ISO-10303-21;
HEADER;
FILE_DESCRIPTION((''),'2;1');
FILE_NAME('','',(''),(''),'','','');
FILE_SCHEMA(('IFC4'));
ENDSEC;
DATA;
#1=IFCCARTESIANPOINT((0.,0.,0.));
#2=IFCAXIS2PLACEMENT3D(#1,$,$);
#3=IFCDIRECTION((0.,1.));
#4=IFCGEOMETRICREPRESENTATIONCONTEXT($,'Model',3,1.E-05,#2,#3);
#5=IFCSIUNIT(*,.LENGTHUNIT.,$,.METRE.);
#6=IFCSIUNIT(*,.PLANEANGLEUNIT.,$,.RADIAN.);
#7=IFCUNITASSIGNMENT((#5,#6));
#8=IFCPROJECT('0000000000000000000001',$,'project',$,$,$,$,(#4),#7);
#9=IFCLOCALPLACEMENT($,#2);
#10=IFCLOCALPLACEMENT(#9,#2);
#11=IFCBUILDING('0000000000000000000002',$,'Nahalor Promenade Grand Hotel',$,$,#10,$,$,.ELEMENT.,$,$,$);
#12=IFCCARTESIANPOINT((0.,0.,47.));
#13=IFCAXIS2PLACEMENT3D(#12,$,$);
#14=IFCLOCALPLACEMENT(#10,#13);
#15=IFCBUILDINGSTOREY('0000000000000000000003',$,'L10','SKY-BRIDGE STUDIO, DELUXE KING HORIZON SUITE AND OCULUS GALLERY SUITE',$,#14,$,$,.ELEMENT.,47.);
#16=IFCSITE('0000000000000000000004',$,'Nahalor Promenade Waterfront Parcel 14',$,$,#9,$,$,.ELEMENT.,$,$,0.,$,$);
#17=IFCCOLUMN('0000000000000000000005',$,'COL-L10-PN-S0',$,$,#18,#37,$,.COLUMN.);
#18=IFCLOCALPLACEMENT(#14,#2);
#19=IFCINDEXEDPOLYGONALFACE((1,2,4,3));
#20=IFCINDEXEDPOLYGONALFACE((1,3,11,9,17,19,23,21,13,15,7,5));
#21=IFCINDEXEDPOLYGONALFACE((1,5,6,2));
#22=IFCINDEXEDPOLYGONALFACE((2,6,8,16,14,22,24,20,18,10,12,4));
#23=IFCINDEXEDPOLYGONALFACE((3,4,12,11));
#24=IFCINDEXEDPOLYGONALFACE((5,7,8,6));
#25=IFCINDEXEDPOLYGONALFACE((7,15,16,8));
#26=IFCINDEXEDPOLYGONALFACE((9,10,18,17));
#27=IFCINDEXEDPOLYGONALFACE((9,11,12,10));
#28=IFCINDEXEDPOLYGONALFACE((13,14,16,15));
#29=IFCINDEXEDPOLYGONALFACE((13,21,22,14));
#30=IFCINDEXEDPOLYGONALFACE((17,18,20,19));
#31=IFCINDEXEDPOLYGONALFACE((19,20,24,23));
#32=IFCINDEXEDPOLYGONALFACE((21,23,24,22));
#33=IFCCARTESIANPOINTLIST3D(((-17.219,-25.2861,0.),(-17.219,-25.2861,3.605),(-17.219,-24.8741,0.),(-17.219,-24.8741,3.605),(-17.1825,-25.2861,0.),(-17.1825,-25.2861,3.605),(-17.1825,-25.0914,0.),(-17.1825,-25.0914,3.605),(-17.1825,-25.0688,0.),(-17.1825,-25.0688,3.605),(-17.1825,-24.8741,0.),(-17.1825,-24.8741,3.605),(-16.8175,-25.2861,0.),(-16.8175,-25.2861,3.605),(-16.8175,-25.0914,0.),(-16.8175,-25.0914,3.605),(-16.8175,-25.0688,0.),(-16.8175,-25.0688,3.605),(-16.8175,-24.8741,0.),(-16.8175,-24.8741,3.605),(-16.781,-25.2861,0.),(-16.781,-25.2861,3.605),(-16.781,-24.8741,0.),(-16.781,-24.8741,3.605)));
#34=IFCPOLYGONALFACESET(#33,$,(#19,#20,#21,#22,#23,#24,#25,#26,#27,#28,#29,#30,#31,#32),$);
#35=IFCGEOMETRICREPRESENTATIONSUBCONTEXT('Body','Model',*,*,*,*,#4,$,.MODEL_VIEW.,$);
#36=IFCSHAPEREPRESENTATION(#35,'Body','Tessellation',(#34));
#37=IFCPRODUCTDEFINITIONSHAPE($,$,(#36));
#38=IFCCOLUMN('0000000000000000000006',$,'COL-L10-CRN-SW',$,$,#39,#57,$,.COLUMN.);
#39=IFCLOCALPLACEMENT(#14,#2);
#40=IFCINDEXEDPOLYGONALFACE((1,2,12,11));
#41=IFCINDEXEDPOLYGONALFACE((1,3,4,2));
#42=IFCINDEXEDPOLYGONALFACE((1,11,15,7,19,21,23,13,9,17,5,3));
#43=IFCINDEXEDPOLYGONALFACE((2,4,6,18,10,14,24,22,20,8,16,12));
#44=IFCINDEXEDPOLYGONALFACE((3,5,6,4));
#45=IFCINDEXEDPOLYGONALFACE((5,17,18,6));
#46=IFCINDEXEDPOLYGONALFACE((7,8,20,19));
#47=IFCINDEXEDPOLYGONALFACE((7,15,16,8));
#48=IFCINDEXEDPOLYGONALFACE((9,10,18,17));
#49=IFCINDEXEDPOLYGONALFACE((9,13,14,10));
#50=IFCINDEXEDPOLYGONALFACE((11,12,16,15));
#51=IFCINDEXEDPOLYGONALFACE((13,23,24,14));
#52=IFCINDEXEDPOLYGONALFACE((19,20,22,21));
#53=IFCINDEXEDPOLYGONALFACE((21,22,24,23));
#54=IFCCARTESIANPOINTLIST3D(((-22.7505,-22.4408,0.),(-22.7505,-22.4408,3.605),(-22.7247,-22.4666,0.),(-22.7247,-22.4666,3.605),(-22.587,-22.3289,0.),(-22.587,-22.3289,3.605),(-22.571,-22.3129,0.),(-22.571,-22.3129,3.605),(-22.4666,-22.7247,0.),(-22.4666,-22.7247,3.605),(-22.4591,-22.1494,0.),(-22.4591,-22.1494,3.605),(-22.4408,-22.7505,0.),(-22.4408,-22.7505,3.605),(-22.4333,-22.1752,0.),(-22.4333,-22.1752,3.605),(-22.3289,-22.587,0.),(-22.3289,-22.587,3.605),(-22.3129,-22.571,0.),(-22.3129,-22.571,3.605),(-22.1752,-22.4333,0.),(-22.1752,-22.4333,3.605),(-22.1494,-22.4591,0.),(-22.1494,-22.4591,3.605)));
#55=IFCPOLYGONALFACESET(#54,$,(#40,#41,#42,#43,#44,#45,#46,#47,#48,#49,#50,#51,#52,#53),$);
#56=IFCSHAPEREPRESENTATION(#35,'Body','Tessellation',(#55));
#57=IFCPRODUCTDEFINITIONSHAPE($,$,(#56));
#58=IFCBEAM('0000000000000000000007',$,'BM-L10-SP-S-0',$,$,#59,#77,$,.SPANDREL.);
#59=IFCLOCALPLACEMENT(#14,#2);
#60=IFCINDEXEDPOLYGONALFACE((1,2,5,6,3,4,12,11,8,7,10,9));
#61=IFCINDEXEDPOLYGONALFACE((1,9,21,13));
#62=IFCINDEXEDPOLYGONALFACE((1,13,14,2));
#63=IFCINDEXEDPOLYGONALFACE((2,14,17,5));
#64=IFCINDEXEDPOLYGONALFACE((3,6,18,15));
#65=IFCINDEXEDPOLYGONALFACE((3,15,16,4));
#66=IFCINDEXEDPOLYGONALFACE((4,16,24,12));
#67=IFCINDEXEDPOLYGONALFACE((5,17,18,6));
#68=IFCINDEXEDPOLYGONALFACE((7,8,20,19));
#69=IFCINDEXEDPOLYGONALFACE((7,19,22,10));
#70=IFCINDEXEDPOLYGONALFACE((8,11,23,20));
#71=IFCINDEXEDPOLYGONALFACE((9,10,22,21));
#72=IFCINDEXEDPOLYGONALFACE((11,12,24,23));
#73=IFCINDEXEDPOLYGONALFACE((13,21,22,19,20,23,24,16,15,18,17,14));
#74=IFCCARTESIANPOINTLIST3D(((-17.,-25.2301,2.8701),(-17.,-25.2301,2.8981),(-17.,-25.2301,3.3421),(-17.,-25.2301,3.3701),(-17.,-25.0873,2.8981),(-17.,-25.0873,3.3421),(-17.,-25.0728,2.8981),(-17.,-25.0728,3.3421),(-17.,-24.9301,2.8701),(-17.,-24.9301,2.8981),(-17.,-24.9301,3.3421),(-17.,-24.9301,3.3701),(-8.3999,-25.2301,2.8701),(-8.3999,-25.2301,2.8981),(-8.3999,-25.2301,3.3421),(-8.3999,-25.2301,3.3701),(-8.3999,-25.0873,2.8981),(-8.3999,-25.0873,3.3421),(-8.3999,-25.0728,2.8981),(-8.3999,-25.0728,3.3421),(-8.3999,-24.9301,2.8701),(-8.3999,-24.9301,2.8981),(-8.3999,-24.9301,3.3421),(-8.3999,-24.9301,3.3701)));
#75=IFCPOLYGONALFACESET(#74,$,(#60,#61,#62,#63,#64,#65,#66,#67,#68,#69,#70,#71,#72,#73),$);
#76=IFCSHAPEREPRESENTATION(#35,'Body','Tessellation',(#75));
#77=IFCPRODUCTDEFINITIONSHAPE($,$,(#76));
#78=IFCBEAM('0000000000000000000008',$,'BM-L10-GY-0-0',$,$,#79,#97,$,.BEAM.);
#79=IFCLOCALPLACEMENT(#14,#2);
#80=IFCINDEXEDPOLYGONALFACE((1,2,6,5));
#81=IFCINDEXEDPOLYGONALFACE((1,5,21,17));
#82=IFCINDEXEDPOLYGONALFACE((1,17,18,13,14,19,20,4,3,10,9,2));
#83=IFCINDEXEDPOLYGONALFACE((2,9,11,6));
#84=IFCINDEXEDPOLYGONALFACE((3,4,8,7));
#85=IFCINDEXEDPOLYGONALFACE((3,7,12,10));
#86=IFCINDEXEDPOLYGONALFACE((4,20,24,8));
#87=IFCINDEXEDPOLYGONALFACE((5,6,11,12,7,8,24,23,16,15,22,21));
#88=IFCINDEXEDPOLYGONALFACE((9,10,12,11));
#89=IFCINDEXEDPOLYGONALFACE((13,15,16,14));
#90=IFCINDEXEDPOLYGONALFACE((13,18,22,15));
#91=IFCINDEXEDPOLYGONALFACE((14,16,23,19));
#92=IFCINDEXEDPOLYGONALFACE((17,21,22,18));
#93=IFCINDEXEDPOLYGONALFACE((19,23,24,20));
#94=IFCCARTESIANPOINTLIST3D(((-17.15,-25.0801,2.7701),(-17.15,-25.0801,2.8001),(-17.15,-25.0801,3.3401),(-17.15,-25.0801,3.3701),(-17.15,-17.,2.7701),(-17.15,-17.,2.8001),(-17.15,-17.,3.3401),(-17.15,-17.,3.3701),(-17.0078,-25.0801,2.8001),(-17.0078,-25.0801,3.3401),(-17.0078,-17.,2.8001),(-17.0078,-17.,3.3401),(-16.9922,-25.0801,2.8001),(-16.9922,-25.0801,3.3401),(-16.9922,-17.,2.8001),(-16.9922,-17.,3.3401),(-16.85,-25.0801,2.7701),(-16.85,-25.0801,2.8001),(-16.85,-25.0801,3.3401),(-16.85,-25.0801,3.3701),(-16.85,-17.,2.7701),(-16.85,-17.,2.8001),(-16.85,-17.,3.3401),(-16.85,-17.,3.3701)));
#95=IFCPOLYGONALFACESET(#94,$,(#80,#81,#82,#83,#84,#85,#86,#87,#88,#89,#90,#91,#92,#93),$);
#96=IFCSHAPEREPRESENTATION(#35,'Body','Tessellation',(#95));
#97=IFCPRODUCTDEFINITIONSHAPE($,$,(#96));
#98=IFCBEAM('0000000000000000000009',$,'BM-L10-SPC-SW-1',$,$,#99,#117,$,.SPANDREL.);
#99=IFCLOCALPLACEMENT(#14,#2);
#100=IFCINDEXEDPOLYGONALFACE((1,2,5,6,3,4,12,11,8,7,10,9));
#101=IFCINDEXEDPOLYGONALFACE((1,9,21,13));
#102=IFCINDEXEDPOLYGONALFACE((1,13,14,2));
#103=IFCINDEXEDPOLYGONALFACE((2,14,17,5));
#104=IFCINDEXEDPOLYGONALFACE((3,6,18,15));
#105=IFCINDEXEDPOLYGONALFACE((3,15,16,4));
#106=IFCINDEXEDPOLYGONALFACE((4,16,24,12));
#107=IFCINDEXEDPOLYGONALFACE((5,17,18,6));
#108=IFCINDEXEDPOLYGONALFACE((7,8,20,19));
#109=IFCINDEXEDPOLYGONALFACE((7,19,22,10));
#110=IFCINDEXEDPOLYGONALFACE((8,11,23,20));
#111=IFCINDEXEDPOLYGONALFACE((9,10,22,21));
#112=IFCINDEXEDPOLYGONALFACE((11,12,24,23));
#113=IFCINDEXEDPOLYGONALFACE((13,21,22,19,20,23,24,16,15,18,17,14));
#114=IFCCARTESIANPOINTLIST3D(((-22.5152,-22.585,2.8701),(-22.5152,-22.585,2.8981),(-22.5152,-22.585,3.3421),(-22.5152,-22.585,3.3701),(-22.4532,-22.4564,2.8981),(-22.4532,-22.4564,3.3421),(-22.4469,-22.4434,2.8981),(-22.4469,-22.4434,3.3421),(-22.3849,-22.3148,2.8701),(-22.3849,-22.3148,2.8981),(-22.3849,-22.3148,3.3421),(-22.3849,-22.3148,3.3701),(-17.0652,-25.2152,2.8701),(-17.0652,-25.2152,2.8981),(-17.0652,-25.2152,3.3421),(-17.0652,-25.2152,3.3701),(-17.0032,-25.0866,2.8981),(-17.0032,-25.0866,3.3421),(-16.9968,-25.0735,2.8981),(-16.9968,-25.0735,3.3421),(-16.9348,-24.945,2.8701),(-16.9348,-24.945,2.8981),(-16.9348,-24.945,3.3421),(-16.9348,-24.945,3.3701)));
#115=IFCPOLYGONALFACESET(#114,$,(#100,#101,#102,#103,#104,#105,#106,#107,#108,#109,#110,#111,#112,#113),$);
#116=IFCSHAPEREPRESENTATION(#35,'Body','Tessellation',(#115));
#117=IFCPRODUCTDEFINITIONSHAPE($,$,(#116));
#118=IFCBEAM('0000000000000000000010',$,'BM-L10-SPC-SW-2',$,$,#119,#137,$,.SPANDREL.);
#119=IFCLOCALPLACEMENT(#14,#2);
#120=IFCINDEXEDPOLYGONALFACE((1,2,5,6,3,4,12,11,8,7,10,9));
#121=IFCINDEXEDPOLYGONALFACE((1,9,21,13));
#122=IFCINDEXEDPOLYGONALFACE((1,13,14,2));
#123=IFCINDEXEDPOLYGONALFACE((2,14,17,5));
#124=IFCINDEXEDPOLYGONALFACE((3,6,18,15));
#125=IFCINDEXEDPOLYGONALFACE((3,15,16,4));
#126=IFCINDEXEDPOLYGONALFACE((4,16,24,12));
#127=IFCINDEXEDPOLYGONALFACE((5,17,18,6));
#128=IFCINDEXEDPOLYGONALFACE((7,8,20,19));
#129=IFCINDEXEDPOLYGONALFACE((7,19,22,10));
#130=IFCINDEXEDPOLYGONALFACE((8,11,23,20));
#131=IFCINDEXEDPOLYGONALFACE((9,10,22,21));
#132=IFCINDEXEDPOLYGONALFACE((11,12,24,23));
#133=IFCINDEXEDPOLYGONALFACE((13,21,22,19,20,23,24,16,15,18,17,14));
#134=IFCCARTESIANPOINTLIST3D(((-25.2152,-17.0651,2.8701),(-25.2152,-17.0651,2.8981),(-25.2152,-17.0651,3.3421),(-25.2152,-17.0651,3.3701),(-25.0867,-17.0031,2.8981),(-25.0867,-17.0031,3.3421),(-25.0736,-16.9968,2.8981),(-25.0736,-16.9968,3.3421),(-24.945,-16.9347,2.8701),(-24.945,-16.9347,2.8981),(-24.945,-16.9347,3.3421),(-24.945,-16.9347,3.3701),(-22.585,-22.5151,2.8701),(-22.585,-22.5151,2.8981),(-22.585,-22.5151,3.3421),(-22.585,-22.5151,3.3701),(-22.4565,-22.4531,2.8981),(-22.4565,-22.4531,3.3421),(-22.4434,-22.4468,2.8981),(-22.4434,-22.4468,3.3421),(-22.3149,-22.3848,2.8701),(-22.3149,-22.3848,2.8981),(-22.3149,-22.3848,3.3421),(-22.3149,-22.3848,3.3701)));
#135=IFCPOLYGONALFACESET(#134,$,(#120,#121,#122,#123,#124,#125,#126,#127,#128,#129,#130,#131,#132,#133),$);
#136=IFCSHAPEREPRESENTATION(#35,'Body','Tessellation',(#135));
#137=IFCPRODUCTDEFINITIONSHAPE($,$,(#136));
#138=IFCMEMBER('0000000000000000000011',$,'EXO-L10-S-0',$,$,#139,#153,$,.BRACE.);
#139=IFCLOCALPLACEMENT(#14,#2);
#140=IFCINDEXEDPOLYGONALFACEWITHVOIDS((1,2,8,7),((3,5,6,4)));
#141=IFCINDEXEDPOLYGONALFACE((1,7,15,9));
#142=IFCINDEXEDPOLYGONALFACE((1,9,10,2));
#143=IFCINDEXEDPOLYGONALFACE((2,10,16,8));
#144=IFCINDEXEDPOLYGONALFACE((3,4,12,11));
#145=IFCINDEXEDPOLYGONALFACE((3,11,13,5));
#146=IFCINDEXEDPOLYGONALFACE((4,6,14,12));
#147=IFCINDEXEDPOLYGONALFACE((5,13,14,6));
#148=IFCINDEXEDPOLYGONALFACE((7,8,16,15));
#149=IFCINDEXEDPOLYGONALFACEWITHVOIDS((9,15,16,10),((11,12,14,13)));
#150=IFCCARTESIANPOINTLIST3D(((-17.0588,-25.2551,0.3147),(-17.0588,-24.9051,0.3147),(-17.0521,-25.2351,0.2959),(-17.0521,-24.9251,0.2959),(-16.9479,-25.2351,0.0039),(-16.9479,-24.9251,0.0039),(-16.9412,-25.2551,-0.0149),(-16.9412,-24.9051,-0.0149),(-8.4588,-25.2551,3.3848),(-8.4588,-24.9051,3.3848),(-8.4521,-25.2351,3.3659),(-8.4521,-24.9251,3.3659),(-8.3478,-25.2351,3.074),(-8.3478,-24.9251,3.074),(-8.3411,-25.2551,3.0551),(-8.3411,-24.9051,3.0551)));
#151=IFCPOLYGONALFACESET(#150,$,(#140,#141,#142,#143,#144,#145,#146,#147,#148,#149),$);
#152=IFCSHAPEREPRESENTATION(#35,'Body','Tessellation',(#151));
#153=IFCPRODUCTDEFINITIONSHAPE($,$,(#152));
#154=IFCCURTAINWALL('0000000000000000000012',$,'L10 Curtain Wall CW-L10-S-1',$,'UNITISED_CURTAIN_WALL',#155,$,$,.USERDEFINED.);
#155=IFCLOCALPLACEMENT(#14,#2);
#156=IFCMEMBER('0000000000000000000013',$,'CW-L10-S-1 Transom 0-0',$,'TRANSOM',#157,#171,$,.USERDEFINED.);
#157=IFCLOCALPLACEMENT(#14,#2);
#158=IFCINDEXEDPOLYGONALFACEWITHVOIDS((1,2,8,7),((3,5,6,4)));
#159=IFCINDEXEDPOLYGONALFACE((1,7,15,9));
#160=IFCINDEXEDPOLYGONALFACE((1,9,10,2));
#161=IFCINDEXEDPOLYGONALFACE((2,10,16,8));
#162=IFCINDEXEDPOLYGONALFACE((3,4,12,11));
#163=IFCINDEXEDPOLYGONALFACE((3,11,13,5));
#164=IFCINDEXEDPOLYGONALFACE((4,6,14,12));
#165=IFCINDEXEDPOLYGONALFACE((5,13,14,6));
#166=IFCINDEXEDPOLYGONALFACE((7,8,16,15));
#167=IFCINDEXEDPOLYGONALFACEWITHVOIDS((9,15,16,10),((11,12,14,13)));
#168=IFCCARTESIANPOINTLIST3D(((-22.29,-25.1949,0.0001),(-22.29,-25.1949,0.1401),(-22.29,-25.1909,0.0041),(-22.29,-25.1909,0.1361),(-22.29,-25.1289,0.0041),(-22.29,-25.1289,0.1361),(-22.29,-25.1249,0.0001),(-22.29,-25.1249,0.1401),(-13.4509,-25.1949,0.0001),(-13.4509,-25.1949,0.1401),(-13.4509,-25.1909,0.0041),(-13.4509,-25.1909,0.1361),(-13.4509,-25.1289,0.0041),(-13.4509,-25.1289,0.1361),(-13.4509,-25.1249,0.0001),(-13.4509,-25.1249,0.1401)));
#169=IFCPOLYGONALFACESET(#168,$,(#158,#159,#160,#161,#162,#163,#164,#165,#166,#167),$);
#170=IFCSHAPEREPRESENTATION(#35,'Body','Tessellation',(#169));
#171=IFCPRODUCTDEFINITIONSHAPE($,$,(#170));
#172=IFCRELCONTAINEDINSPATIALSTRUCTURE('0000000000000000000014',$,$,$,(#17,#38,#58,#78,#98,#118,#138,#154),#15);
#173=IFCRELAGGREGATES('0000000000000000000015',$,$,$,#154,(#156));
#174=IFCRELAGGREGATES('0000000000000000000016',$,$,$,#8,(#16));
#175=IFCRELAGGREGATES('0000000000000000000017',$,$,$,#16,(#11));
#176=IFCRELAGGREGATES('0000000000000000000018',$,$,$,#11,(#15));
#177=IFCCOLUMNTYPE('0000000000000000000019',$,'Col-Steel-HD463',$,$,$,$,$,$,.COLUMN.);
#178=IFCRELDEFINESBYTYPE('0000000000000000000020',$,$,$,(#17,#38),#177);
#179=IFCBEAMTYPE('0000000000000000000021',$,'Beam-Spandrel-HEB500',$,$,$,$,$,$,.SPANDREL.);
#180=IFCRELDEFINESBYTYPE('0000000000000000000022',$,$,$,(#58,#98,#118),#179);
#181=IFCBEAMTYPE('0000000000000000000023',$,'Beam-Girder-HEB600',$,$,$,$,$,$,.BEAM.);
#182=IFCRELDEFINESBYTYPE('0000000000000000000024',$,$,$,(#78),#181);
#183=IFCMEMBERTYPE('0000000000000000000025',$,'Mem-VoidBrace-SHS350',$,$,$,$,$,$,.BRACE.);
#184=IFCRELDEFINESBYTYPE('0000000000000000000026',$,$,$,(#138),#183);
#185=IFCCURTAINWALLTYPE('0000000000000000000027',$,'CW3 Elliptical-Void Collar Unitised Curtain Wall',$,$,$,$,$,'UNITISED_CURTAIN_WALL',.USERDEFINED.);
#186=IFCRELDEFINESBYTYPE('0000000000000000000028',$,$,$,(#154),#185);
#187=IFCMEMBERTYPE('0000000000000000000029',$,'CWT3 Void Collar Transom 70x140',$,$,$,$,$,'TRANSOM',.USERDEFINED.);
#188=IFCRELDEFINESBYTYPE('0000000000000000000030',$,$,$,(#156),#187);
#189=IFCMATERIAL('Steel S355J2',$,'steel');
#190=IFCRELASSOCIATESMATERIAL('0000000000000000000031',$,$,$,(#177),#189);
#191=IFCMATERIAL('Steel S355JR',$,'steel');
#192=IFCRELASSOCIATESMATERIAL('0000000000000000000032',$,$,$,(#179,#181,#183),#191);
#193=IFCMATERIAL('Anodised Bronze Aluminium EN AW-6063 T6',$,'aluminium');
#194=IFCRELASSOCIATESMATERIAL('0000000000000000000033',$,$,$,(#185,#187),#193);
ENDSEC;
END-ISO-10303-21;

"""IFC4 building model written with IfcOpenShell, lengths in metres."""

from ifc_helpers import new_model, si_unit, direction, frame, origin, origin_2d, place, context, subcontext, project, spatial, hollow_rectangle, i_section, extrude, source, transform, mapped, material, material_profile, profile_set, type_object, element, aggregate, save


model = new_model("IFC4")

# Units and contexts
model_context = context("Model", 3, precision=1e-05, world=origin(), true_north=direction((0.0, 1.0)))
body_context = subcontext(model_context, "Body", "Model", "MODEL_VIEW")
ifc_project = project(units=[si_unit("LENGTHUNIT", "METRE"), si_unit("PLANEANGLEUNIT", "RADIAN")], contexts=[model_context])

# Site, building, storey
site_placement = place(None, origin())
site = spatial("IfcSite", under=ifc_project, at=site_placement, Name="Nahalor Promenade Waterfront Parcel 14", CompositionType="ELEMENT", RefElevation=0.0)
building_placement = place(site_placement, origin())
building = spatial("IfcBuilding", under=site, at=building_placement, Name="Nahalor Promenade Grand Hotel", CompositionType="ELEMENT")
storey_placement = place(building_placement, frame((0.0, 0.0, 47.0)))
storey = spatial("IfcBuildingStorey", under=building, at=storey_placement, Name="L10", Description="SKY-BRIDGE STUDIO, DELUXE KING HORIZON SUITE AND OCULUS GALLERY SUITE", CompositionType="ELEMENT", Elevation=47.0)

# Columns
ifc_material_1 = material(Name="Steel S355J2", Category="steel")
ifc_material_profile_1 = material_profile(ifc_material_1, i_section(OverallWidth=0.412, OverallDepth=0.438, WebThickness=0.0226, FlangeThickness=0.0365, at=origin_2d()), Name="HD 400x463")
ifc_profile_set_1 = profile_set([ifc_material_profile_1], Name="Steel S355J2")
column_type = type_object("IfcColumnType", Name="Col-Steel-HD463", PredefinedType="COLUMN", material=ifc_profile_set_1)
shared_shape_1 = source(origin(), body_context, "Body", "SweptSolid", [
    extrude(i_section(OverallWidth=0.412, OverallDepth=0.438, WebThickness=0.0226, FlangeThickness=0.0365, at=origin_2d()), origin(), (0.0, 0.0, 1.0), 3.605),
])
for number, where, z_axis, x_axis, name in (
    (1, (-17.0, -25.0801, 0.0), (0.0, 0.0, 1.0), (0.0, 1.0, 0.0), "COL-L10-PN-S0"),
    (2, (-22.45, -22.45, 0.0), (0.0, 0.0, 1.0), (0.707107, 0.707107, 0.0), "COL-L10-CRN-SW"),
):
    element("IfcColumn", number, at=place(storey_placement, frame(where, z_axis=z_axis, x_axis=x_axis)), inside=storey, type_object=column_type, Name=name, PredefinedType="COLUMN", context=body_context, shape_type="MappedRepresentation", body=[
        mapped(shared_shape_1, transform((0.0, 0.0, 0.0), scale=1.0)),
    ])

# Beams
ifc_material_2 = material(Name="Steel S355JR", Category="steel")
ifc_material_profile_2 = material_profile(ifc_material_2, i_section(OverallWidth=0.3, OverallDepth=0.5, WebThickness=0.0145, FlangeThickness=0.028, at=origin_2d()), Name="HEB 500")
ifc_profile_set_2 = profile_set([ifc_material_profile_2], Name="Steel S355JR")
beam_type_1 = type_object("IfcBeamType", Name="Beam-Spandrel-HEB500", PredefinedType="SPANDREL", material=ifc_profile_set_2)
shared_shape_2 = source(origin(), body_context, "Body", "SweptSolid", [
    extrude(i_section(OverallWidth=0.3, OverallDepth=0.5, WebThickness=0.0145, FlangeThickness=0.028, at=origin_2d()), origin(), (0.0, 0.0, 1.0), 8.6001),
])
beam_1_placement = place(storey_placement, frame((-17.0, -25.0801, 3.1201), z_axis=(1.0, 0.0, 0.0), x_axis=(0.0, 1.0, 0.0)))
element("IfcBeam", 3, at=beam_1_placement, inside=storey, type_object=beam_type_1, Name="BM-L10-SP-S-0", PredefinedType="SPANDREL", context=body_context, shape_type="MappedRepresentation", body=[
    mapped(shared_shape_2, transform((0.0, 0.0, 0.0), scale=1.0)),
])
ifc_material_profile_3 = material_profile(ifc_material_2, i_section(OverallWidth=0.3, OverallDepth=0.6, WebThickness=0.0155, FlangeThickness=0.03, at=origin_2d()), Name="HEB 600")
ifc_profile_set_3 = profile_set([ifc_material_profile_3], Name="Steel S355JR")
beam_type_2 = type_object("IfcBeamType", Name="Beam-Girder-HEB600", PredefinedType="BEAM", material=ifc_profile_set_3)
shared_shape_3 = source(origin(), body_context, "Body", "SweptSolid", [
    extrude(i_section(OverallWidth=0.3, OverallDepth=0.6, WebThickness=0.0155, FlangeThickness=0.03, at=origin_2d()), origin(), (0.0, 0.0, 1.0), 8.0801),
])
beam_2_placement = place(storey_placement, frame((-17.0, -25.0801, 3.0701), z_axis=(0.0, 1.0, 0.0), x_axis=(-1.0, 0.0, 0.0)))
element("IfcBeam", 4, at=beam_2_placement, inside=storey, type_object=beam_type_2, Name="BM-L10-GY-0-0", PredefinedType="BEAM", context=body_context, shape_type="MappedRepresentation", body=[
    mapped(shared_shape_3, transform((0.0, 0.0, 0.0), scale=1.0)),
])
shared_shape_4 = source(origin(), body_context, "Body", "SweptSolid", [
    extrude(i_section(OverallWidth=0.3, OverallDepth=0.5, WebThickness=0.0145, FlangeThickness=0.028, at=origin_2d()), origin(), (0.0, 0.0, 1.0), 6.0515),
])
for number, where, z_axis, x_axis, name in (
    (5, (-17.0, -25.0801, 3.1201), (-0.900609, 0.434631, 0.0), (-0.434631, -0.900609, 0.0), "BM-L10-SPC-SW-1"),
    (6, (-22.45, -22.45, 3.1201), (-0.434631, 0.900609, 0.0), (-0.900609, -0.434631, 0.0), "BM-L10-SPC-SW-2"),
):
    element("IfcBeam", number, at=place(storey_placement, frame(where, z_axis=z_axis, x_axis=x_axis)), inside=storey, type_object=beam_type_1, Name=name, PredefinedType="SPANDREL", context=body_context, shape_type="MappedRepresentation", body=[
        mapped(shared_shape_4, transform((0.0, 0.0, 0.0), scale=1.0)),
    ])

# Member
ifc_material_profile_4 = material_profile(ifc_material_2, hollow_rectangle(XDim=0.35, YDim=0.35, WallThickness=0.02, at=origin_2d()), Name="SHS 350x350x20")
ifc_profile_set_4 = profile_set([ifc_material_profile_4], Name="Steel S355JR")
member_type_1 = type_object("IfcMemberType", Name="Mem-VoidBrace-SHS350", PredefinedType="BRACE", material=ifc_profile_set_4)
shared_shape_5 = source(origin(), body_context, "Body", "SweptSolid", [
    extrude(hollow_rectangle(XDim=0.35, YDim=0.35, WallThickness=0.02, at=origin_2d()), origin(), (0.0, 0.0, 1.0), 9.1316),
])
member_1_placement = place(storey_placement, frame((-17.0, -25.0801, 0.1499), z_axis=(0.94179, 0.0, 0.336201), x_axis=(0.0, 1.0, 0.0)))
element("IfcMember", 7, at=member_1_placement, inside=storey, type_object=member_type_1, Name="EXO-L10-S-0", PredefinedType="BRACE", context=body_context, shape_type="MappedRepresentation", body=[
    mapped(shared_shape_5, transform((0.0, 0.0, 0.0), scale=1.0)),
])

# Curtain wall, member
ifc_material_3 = material(Name="Anodised Bronze Aluminium EN AW-6063 T6", Category="aluminium")
curtain_wall_type = type_object("IfcCurtainWallType", Name="CW3 Elliptical-Void Collar Unitised Curtain Wall", ElementType="UNITISED_CURTAIN_WALL", PredefinedType="USERDEFINED", material=ifc_material_3)
curtain_wall_1_placement = place(storey_placement, origin())
curtain_wall_1 = element("IfcCurtainWall", 8, at=curtain_wall_1_placement, inside=storey, type_object=curtain_wall_type, Name="L10 Curtain Wall CW-L10-S-1", ObjectType="UNITISED_CURTAIN_WALL", PredefinedType="USERDEFINED")
ifc_material_profile_5 = material_profile(ifc_material_3, hollow_rectangle(XDim=0.07, YDim=0.14, WallThickness=0.004, at=origin_2d()), Name="CWT 70x140x4")
ifc_profile_set_5 = profile_set([ifc_material_profile_5], Name="Anodised Bronze Aluminium EN AW-6063 T6")
member_type_2 = type_object("IfcMemberType", Name="CWT3 Void Collar Transom 70x140", ElementType="TRANSOM", PredefinedType="USERDEFINED", material=ifc_profile_set_5)
shared_shape_6 = source(origin(), body_context, "Body", "SweptSolid", [
    extrude(hollow_rectangle(XDim=0.07, YDim=0.14, WallThickness=0.004, at=origin_2d()), origin(), (0.0, 0.0, 1.0), 8.8391),
])
member_2_placement = place(storey_placement, frame((-22.29, -25.1599, 0.0701), z_axis=(1.0, 0.0, 0.0), x_axis=(0.0, 1.0, 0.0)))
member_2 = element("IfcMember", 9, at=member_2_placement, type_object=member_type_2, Name="CW-L10-S-1 Transom 0-0", ObjectType="TRANSOM", PredefinedType="USERDEFINED", context=body_context, shape_type="MappedRepresentation", body=[
    mapped(shared_shape_6, transform((0.0, 0.0, 0.0), scale=1.0)),
])

aggregate(curtain_wall_1, [member_2])

save(model, "model.ifc")
